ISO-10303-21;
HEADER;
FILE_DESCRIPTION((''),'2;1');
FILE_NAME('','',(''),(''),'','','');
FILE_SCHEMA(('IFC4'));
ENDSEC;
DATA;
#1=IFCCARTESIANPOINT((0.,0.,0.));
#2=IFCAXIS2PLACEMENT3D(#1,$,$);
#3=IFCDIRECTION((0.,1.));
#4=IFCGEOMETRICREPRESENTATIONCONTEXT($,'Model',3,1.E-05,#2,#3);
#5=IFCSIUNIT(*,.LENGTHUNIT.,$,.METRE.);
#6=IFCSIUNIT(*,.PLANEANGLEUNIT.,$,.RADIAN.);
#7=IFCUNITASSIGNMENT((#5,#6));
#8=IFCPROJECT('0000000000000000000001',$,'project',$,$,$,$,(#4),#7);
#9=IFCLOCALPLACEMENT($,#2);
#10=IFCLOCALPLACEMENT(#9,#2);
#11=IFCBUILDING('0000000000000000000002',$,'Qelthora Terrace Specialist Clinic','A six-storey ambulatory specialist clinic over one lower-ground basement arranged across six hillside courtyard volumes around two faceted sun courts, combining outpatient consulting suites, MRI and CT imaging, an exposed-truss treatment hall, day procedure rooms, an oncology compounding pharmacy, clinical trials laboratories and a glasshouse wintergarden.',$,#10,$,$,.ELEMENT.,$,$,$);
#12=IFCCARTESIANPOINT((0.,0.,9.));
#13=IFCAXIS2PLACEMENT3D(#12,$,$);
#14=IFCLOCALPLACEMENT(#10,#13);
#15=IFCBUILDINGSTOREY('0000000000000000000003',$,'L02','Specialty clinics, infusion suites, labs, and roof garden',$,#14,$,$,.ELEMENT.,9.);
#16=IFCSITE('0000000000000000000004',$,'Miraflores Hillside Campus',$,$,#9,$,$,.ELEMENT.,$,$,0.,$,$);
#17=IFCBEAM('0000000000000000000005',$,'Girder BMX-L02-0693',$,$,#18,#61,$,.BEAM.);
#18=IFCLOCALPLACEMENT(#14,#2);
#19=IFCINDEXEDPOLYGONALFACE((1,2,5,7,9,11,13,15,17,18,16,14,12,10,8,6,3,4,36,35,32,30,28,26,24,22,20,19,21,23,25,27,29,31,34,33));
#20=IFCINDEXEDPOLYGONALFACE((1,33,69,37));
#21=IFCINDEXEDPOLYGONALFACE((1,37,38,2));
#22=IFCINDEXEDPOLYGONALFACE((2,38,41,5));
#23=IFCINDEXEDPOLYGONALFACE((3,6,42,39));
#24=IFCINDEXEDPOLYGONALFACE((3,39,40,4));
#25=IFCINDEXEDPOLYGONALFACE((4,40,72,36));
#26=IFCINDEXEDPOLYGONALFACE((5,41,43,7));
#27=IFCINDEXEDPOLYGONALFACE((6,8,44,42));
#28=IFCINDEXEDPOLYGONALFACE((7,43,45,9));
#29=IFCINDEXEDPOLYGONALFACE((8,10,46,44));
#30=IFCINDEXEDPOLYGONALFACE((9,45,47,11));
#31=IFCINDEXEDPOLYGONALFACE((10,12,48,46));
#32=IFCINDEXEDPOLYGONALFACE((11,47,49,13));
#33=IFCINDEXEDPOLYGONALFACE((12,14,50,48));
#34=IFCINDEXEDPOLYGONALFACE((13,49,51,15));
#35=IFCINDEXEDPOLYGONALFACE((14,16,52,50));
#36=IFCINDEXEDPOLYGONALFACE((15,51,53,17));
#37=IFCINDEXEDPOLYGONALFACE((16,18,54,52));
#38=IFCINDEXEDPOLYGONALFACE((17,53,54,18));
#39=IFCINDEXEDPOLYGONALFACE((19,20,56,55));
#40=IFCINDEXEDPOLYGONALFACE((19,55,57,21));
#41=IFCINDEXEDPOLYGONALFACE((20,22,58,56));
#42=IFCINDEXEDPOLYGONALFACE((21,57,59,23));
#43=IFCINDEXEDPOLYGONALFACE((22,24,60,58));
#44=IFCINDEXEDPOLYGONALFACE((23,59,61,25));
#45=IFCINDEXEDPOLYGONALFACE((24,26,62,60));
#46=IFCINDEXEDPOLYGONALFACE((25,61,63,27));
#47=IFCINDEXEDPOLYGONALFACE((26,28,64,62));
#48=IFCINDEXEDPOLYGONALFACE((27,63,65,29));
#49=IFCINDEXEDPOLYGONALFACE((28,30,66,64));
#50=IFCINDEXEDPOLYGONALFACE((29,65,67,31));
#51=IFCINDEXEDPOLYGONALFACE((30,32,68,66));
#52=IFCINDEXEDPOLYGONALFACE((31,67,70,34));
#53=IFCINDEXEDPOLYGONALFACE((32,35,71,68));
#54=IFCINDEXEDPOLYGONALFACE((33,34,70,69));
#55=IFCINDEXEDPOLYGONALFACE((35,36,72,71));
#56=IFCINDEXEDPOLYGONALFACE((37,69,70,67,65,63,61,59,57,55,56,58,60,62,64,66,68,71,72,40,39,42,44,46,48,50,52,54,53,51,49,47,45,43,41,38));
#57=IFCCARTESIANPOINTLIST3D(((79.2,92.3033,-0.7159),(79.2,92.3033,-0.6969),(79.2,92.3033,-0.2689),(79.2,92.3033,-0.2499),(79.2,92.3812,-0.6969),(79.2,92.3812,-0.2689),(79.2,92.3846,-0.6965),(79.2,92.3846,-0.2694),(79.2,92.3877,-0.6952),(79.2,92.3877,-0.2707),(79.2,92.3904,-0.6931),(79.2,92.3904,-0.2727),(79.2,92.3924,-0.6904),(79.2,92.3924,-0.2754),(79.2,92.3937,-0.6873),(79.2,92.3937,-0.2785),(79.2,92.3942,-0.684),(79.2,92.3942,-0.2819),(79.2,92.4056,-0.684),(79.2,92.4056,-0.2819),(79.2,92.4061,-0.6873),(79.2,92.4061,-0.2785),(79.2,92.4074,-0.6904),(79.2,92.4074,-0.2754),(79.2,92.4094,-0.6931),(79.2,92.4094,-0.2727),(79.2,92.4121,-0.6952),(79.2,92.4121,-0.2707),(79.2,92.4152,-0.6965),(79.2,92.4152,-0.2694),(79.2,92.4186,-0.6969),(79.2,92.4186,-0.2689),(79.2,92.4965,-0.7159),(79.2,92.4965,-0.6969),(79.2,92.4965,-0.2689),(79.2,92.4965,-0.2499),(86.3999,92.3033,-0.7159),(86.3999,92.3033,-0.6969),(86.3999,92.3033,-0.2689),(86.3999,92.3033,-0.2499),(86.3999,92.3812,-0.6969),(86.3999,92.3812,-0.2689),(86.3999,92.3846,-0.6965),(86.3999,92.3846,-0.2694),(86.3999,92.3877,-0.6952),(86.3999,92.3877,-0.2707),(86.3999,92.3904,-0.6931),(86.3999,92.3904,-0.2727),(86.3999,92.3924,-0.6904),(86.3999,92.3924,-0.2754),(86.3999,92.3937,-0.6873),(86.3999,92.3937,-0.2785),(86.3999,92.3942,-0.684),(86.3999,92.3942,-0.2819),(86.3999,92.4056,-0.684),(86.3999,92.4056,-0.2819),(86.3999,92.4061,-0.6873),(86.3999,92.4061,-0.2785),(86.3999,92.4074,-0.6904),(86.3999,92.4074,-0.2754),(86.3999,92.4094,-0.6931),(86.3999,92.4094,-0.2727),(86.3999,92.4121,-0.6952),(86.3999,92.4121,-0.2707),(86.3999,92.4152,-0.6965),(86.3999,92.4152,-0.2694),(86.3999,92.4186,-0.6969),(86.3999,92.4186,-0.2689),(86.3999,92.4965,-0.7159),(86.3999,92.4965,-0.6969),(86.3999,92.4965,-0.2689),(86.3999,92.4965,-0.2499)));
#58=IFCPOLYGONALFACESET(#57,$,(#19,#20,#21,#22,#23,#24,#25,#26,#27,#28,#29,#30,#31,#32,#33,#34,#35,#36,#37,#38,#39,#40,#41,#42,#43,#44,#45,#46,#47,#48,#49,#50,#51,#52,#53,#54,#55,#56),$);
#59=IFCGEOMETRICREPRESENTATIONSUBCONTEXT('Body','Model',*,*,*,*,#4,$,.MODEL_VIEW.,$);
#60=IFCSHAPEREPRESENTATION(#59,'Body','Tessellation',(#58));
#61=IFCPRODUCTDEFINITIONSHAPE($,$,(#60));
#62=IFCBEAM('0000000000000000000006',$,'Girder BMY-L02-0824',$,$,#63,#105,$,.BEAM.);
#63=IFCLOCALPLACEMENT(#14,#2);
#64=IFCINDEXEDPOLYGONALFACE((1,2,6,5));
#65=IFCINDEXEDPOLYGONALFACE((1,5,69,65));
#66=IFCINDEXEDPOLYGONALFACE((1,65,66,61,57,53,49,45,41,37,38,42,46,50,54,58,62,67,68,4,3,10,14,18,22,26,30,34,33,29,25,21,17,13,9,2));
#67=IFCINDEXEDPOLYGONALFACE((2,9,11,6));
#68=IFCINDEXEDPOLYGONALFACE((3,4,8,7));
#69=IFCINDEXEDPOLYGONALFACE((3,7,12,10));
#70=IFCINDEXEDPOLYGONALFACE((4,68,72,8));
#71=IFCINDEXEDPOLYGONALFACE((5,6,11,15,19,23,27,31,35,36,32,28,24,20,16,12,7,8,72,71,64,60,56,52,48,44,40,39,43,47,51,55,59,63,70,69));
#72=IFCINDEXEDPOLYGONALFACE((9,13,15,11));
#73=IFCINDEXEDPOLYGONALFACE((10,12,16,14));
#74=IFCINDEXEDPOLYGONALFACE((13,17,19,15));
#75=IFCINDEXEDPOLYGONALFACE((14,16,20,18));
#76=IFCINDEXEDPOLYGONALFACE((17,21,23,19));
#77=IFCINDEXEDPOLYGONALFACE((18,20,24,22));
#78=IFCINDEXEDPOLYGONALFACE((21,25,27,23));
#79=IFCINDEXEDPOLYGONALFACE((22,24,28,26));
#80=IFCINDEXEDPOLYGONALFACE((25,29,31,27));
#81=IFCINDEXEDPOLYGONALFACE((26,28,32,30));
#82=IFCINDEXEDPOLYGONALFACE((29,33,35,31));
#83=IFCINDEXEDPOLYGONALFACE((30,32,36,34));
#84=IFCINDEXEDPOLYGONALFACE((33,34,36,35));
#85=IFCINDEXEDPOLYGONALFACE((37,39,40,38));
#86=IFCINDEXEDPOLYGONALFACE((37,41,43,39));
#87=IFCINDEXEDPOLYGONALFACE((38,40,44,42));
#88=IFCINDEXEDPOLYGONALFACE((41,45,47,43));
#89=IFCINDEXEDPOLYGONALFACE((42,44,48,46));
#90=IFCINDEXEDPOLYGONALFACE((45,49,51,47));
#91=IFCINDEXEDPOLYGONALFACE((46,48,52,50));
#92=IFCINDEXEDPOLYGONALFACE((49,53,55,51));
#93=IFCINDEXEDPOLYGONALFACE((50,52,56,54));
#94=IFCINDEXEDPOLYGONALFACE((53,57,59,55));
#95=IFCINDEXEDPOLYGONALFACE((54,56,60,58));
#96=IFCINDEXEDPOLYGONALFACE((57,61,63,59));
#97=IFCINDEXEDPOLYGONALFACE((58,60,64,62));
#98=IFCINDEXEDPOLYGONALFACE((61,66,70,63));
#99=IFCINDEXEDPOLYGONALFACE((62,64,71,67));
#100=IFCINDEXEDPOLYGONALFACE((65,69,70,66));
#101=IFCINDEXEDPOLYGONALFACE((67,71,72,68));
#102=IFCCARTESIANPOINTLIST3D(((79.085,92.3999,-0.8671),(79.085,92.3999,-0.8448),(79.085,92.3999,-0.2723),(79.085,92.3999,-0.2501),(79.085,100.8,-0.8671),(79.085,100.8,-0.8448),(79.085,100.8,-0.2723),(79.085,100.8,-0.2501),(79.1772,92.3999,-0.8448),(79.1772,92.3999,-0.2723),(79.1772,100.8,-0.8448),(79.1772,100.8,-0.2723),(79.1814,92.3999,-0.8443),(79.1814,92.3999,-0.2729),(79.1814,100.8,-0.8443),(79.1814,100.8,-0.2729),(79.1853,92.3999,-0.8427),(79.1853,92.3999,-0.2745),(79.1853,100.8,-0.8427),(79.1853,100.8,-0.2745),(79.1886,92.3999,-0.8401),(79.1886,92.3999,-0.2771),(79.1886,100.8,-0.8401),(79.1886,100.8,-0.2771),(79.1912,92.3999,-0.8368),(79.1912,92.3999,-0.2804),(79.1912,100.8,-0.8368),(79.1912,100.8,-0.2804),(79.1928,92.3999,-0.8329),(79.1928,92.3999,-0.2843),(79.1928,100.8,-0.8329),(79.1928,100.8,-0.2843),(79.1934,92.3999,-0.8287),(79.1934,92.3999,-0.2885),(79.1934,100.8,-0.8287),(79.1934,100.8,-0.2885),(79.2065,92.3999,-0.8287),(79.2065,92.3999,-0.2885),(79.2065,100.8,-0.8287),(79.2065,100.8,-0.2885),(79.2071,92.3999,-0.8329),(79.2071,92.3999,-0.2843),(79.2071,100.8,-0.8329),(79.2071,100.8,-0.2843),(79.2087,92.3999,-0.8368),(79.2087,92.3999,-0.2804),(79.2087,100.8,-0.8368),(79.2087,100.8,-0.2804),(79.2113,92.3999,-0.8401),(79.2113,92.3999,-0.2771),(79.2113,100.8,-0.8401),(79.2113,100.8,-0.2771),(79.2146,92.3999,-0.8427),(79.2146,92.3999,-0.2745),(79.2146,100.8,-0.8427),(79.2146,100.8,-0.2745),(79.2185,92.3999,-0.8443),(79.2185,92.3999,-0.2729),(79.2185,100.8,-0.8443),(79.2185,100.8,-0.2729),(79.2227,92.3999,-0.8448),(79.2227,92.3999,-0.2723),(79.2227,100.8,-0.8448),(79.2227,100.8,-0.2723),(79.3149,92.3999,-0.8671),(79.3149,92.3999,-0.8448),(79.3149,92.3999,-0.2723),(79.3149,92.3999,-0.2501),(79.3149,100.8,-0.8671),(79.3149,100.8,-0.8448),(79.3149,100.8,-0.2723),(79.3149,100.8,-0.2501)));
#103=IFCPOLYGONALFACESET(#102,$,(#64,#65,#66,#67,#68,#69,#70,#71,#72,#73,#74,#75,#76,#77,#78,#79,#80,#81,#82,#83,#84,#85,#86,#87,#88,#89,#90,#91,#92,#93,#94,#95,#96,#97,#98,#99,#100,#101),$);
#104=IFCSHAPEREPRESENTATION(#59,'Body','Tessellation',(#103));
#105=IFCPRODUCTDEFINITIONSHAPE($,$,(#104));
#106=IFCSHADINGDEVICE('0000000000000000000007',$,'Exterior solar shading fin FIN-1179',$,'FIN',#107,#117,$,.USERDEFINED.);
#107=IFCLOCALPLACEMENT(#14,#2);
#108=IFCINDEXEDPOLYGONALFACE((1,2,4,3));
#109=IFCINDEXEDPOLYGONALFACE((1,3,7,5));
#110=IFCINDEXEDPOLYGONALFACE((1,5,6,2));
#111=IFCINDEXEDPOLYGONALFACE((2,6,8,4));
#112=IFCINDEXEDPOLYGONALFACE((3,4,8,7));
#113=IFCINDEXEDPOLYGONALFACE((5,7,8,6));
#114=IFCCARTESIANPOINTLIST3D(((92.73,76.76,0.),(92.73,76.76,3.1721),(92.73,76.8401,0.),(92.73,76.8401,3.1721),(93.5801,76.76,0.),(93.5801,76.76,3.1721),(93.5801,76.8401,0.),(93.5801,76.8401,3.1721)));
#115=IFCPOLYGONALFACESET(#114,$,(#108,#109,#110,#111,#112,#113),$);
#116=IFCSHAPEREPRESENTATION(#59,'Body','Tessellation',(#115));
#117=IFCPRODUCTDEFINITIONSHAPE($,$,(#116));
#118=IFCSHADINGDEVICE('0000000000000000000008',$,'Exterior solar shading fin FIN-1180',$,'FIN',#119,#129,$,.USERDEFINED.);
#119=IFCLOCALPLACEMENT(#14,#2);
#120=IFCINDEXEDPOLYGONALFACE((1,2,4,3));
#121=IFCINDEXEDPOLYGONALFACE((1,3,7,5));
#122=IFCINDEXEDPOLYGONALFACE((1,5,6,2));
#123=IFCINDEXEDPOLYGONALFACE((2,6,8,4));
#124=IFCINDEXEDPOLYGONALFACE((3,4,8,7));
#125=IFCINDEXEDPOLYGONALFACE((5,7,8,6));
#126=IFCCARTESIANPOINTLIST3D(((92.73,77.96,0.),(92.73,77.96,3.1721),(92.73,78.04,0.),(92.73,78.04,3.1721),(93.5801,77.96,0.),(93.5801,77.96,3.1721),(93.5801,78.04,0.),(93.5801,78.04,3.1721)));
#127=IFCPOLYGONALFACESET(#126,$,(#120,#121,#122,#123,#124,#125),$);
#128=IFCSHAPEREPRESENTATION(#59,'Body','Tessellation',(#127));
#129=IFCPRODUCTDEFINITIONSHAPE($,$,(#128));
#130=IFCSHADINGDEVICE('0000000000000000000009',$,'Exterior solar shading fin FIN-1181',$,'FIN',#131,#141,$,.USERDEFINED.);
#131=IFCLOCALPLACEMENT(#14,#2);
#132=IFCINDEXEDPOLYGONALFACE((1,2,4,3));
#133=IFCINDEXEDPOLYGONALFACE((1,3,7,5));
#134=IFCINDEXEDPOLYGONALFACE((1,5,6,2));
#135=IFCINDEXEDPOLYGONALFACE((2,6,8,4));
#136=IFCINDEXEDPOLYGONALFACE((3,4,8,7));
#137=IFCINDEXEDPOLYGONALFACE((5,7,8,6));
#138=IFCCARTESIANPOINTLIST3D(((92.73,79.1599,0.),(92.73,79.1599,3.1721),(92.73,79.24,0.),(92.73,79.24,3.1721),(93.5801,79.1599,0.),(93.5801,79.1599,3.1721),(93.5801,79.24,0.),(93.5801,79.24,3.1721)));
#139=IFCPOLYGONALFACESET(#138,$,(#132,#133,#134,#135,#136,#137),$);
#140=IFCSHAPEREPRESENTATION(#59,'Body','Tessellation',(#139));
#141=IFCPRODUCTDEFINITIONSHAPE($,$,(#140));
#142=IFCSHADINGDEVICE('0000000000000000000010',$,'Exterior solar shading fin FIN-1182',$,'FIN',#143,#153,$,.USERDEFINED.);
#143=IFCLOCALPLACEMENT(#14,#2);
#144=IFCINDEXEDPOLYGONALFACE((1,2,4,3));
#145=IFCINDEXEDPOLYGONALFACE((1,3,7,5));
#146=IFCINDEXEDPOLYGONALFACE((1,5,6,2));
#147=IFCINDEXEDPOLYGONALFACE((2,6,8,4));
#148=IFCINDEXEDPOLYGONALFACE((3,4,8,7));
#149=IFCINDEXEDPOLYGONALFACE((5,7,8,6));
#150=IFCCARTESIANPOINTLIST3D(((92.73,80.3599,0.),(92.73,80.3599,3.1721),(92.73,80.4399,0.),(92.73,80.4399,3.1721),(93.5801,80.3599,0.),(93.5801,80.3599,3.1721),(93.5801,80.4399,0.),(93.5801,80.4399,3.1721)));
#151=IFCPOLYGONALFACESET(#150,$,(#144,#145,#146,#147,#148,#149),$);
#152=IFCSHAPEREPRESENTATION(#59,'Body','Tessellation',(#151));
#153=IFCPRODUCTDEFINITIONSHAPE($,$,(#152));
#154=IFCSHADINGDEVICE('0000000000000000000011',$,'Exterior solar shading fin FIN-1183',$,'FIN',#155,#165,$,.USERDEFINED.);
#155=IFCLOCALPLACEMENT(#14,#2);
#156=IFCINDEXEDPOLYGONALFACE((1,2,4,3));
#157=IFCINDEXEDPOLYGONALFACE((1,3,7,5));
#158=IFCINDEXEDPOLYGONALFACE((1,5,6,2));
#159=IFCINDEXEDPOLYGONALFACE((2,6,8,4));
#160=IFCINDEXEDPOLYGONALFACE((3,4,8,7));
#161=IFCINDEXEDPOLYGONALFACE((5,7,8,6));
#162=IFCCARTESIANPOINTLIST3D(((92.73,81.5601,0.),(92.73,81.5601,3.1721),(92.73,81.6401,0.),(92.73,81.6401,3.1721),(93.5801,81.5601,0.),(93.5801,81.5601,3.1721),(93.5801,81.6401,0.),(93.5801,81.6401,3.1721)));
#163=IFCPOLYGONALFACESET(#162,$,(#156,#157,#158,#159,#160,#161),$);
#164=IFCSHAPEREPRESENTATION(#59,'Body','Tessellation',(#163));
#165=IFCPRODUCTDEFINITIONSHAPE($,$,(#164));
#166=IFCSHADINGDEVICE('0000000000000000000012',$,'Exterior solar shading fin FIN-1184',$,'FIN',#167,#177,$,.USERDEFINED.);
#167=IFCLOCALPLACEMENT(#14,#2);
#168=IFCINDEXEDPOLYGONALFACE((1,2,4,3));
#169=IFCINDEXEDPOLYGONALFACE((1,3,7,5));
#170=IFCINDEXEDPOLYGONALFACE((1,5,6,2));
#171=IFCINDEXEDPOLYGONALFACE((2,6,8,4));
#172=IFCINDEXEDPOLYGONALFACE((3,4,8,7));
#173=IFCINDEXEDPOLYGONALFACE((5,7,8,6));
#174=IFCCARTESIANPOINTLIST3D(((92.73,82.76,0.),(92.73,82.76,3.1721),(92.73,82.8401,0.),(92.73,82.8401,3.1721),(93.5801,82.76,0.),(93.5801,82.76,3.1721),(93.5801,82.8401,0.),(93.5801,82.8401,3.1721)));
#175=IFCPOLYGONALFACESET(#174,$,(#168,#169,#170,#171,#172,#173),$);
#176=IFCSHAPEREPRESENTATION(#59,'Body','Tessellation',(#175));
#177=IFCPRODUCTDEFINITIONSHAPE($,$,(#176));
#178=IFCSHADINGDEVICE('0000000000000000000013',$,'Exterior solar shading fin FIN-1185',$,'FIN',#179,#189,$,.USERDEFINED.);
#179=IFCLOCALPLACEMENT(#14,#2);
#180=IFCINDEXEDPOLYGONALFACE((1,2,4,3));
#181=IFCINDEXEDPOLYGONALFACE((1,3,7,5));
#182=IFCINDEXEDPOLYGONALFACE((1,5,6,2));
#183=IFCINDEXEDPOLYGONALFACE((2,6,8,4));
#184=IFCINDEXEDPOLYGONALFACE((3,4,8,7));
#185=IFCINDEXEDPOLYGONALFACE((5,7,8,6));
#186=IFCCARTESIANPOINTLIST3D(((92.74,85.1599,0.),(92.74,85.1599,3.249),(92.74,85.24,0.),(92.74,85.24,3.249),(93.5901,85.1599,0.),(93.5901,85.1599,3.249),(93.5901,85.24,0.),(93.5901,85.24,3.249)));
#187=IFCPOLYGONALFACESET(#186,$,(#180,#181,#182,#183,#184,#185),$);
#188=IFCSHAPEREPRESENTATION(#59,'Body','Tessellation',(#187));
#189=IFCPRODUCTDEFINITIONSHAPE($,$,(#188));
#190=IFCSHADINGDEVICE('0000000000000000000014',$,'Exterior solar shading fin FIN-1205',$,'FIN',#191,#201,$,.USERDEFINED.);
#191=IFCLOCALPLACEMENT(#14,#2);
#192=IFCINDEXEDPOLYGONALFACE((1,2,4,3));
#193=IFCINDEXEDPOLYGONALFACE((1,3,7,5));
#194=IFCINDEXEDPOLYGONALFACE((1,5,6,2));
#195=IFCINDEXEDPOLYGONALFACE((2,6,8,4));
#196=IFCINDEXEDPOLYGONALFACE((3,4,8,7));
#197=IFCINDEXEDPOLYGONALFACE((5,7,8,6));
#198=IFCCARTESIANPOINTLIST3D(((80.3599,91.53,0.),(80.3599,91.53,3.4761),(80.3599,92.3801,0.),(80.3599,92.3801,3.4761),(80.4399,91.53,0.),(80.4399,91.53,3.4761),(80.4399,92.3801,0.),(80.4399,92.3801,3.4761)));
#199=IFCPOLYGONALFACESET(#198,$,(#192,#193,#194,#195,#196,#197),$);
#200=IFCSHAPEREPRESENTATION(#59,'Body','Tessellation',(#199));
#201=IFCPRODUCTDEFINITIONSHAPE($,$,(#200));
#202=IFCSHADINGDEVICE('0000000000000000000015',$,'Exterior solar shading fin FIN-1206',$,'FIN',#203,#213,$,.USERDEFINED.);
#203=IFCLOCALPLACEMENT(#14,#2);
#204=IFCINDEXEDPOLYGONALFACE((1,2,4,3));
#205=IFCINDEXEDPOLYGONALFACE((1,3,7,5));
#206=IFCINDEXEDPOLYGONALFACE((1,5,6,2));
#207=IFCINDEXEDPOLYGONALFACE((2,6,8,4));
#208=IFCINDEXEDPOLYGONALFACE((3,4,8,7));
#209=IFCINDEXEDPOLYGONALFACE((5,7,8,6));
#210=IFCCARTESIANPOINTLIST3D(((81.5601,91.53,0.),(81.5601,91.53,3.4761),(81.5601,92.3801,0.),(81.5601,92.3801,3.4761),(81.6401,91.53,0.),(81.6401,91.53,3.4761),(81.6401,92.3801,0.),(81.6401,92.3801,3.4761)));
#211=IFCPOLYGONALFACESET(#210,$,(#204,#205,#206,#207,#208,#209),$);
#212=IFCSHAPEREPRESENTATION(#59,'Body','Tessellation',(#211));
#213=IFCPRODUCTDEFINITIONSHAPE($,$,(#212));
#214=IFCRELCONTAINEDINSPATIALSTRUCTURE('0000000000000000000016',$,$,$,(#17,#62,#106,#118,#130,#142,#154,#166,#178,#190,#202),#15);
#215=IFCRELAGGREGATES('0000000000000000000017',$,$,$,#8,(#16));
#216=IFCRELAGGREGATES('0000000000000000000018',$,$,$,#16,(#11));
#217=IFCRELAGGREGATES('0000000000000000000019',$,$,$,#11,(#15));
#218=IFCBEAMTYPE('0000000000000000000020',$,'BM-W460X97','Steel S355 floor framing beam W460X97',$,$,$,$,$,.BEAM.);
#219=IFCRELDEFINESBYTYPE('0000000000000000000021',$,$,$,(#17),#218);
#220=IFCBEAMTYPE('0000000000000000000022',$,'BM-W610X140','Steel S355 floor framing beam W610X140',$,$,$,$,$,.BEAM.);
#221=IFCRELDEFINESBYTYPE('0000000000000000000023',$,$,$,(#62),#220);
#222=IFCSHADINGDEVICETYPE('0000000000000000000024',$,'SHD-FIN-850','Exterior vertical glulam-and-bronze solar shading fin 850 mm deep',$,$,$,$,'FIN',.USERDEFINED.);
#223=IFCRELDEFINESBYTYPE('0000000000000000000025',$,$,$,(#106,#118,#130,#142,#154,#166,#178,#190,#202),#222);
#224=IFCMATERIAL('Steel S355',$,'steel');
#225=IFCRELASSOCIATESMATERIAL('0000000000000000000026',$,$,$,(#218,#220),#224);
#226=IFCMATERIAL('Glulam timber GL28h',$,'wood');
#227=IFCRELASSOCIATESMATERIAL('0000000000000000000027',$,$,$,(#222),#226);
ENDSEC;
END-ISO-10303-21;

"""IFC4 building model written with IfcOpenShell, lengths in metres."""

from ifc_helpers import new_model, si_unit, direction, frame, origin, origin_2d, place, context, subcontext, project, spatial, rectangle, i_section, extrude, material, material_profile, profile_set, type_object, element, save


model = new_model("IFC4")

# Units and contexts
model_context = context("Model", 3, precision=1e-05, world=origin(), true_north=direction((0.0, 1.0)))
body_context = subcontext(model_context, "Body", "Model", "MODEL_VIEW")
ifc_project = project(units=[si_unit("LENGTHUNIT", "METRE"), si_unit("PLANEANGLEUNIT", "RADIAN")], contexts=[model_context])

# Site, building, storey
site_placement = place(None, origin())
site = spatial("IfcSite", under=ifc_project, at=site_placement, Name="Miraflores Hillside Campus", CompositionType="ELEMENT", RefElevation=0.0)
building_placement = place(site_placement, origin())
building = spatial("IfcBuilding", under=site, at=building_placement, Name="Qelthora Terrace Specialist Clinic", Description="A six-storey ambulatory specialist clinic over one lower-ground basement arranged across six hillside courtyard volumes around two faceted sun courts, combining outpatient consulting suites, MRI and CT imaging, an exposed-truss treatment hall, day procedure rooms, an oncology compounding pharmacy, clinical trials laboratories and a glasshouse wintergarden.", CompositionType="ELEMENT")
storey_placement = place(building_placement, frame((0.0, 0.0, 9.0)))
storey = spatial("IfcBuildingStorey", under=building, at=storey_placement, Name="L02", Description="Specialty clinics, infusion suites, labs, and roof garden", CompositionType="ELEMENT", Elevation=9.0)

# Shared definitions
ifc_material_1 = material(Name="Steel S355", Category="steel")

# Beams
ifc_material_profile_1 = material_profile(ifc_material_1, i_section(OverallWidth=0.1931, OverallDepth=0.4661, WebThickness=0.0115, FlangeThickness=0.019, FilletRadius=0.0129, at=origin_2d()), Name="W460X97")
ifc_profile_set_1 = profile_set([ifc_material_profile_1], Name="Steel S355")
beam_type_1 = type_object("IfcBeamType", Name="BM-W460X97", Description="Steel S355 floor framing beam W460X97", PredefinedType="BEAM", material=ifc_profile_set_1)
beam_1_placement = place(storey_placement, frame((79.2, 92.3999, -0.4829), z_axis=(1.0, 0.0, 0.0), x_axis=(0.0, 1.0, 0.0)))
element("IfcBeam", 1, at=beam_1_placement, inside=storey, type_object=beam_type_1, Name="Girder BMX-L02-0693", PredefinedType="BEAM", context=body_context, shape_type="SweptSolid", body=[
    extrude(i_section(OverallWidth=0.1931, OverallDepth=0.4661, WebThickness=0.0115, FlangeThickness=0.019, FilletRadius=0.0129, at=origin_2d()), origin(), (0.0, 0.0, 1.0), 7.2),
])
ifc_material_profile_2 = material_profile(ifc_material_1, i_section(OverallWidth=0.23, OverallDepth=0.6169, WebThickness=0.0132, FlangeThickness=0.0222, FilletRadius=0.0161, at=origin_2d()), Name="W610X140")
ifc_profile_set_2 = profile_set([ifc_material_profile_2], Name="Steel S355")
beam_type_2 = type_object("IfcBeamType", Name="BM-W610X140", Description="Steel S355 floor framing beam W610X140", PredefinedType="BEAM", material=ifc_profile_set_2)
beam_2_placement = place(storey_placement, frame((79.2, 92.3999, -0.5586), z_axis=(0.0, 1.0, 0.0), x_axis=(-1.0, 0.0, 0.0)))
element("IfcBeam", 2, at=beam_2_placement, inside=storey, type_object=beam_type_2, Name="Girder BMY-L02-0824", PredefinedType="BEAM", context=body_context, shape_type="SweptSolid", body=[
    extrude(i_section(OverallWidth=0.23, OverallDepth=0.6169, WebThickness=0.0132, FlangeThickness=0.0222, FilletRadius=0.0161, at=origin_2d()), origin(), (0.0, 0.0, 1.0), 8.4001),
])

# Shading devices
ifc_material_2 = material(Name="Glulam timber GL28h", Category="wood")
shading_device_type = type_object("IfcShadingDeviceType", Name="SHD-FIN-850", Description="Exterior vertical glulam-and-bronze solar shading fin 850 mm deep", ElementType="FIN", PredefinedType="USERDEFINED", material=ifc_material_2)
for number, where, z_axis, x_axis, name in (
    (3, (93.155, 76.8, 0.0), (0.0, 0.0, 1.0), (-1.0, 0.0, 0.0), "Exterior solar shading fin FIN-1179"),
    (4, (93.155, 78.0, 0.0), (0.0, 0.0, 1.0), (-1.0, 0.0, 0.0), "Exterior solar shading fin FIN-1180"),
    (5, (93.155, 79.2, 0.0), (0.0, 0.0, 1.0), (-1.0, 0.0, 0.0), "Exterior solar shading fin FIN-1181"),
    (6, (93.155, 80.3999, 0.0), (0.0, 0.0, 1.0), (-1.0, 0.0, 0.0), "Exterior solar shading fin FIN-1182"),
    (7, (93.155, 81.6001, 0.0), (0.0, 0.0, 1.0), (-1.0, 0.0, 0.0), "Exterior solar shading fin FIN-1183"),
    (8, (93.155, 82.8, 0.0), (0.0, 0.0, 1.0), (-1.0, 0.0, 0.0), "Exterior solar shading fin FIN-1184"),
):
    element("IfcShadingDevice", number, at=place(storey_placement, frame(where, z_axis=z_axis, x_axis=x_axis)), inside=storey, type_object=shading_device_type, Name=name, ObjectType="FIN", PredefinedType="USERDEFINED", context=body_context, shape_type="SweptSolid", body=[
        extrude(rectangle(XDim=0.8501, YDim=0.0801, at=origin_2d()), origin(), (0.0, 0.0, 1.0), 3.1721),
    ])
shading_device_placement = place(storey_placement, frame((93.165, 85.2, 0.0), z_axis=(0.0, 0.0, 1.0), x_axis=(-1.0, 0.0, 0.0)))
element("IfcShadingDevice", 9, at=shading_device_placement, inside=storey, type_object=shading_device_type, Name="Exterior solar shading fin FIN-1185", ObjectType="FIN", PredefinedType="USERDEFINED", context=body_context, shape_type="SweptSolid", body=[
    extrude(rectangle(XDim=0.8501, YDim=0.0801, at=origin_2d()), origin(), (0.0, 0.0, 1.0), 3.249),
])
for number, where, z_axis, x_axis, name in (
    (10, (80.3999, 91.9551, 0.0), (0.0, 0.0, 1.0), (0.0, -1.0, 0.0), "Exterior solar shading fin FIN-1205"),
    (11, (81.6001, 91.9551, 0.0), (0.0, 0.0, 1.0), (0.0, -1.0, 0.0), "Exterior solar shading fin FIN-1206"),
):
    element("IfcShadingDevice", number, at=place(storey_placement, frame(where, z_axis=z_axis, x_axis=x_axis)), inside=storey, type_object=shading_device_type, Name=name, ObjectType="FIN", PredefinedType="USERDEFINED", context=body_context, shape_type="SweptSolid", body=[
        extrude(rectangle(XDim=0.8501, YDim=0.0801, at=origin_2d()), origin(), (0.0, 0.0, 1.0), 3.4761),
    ])

save(model, "model.ifc")
